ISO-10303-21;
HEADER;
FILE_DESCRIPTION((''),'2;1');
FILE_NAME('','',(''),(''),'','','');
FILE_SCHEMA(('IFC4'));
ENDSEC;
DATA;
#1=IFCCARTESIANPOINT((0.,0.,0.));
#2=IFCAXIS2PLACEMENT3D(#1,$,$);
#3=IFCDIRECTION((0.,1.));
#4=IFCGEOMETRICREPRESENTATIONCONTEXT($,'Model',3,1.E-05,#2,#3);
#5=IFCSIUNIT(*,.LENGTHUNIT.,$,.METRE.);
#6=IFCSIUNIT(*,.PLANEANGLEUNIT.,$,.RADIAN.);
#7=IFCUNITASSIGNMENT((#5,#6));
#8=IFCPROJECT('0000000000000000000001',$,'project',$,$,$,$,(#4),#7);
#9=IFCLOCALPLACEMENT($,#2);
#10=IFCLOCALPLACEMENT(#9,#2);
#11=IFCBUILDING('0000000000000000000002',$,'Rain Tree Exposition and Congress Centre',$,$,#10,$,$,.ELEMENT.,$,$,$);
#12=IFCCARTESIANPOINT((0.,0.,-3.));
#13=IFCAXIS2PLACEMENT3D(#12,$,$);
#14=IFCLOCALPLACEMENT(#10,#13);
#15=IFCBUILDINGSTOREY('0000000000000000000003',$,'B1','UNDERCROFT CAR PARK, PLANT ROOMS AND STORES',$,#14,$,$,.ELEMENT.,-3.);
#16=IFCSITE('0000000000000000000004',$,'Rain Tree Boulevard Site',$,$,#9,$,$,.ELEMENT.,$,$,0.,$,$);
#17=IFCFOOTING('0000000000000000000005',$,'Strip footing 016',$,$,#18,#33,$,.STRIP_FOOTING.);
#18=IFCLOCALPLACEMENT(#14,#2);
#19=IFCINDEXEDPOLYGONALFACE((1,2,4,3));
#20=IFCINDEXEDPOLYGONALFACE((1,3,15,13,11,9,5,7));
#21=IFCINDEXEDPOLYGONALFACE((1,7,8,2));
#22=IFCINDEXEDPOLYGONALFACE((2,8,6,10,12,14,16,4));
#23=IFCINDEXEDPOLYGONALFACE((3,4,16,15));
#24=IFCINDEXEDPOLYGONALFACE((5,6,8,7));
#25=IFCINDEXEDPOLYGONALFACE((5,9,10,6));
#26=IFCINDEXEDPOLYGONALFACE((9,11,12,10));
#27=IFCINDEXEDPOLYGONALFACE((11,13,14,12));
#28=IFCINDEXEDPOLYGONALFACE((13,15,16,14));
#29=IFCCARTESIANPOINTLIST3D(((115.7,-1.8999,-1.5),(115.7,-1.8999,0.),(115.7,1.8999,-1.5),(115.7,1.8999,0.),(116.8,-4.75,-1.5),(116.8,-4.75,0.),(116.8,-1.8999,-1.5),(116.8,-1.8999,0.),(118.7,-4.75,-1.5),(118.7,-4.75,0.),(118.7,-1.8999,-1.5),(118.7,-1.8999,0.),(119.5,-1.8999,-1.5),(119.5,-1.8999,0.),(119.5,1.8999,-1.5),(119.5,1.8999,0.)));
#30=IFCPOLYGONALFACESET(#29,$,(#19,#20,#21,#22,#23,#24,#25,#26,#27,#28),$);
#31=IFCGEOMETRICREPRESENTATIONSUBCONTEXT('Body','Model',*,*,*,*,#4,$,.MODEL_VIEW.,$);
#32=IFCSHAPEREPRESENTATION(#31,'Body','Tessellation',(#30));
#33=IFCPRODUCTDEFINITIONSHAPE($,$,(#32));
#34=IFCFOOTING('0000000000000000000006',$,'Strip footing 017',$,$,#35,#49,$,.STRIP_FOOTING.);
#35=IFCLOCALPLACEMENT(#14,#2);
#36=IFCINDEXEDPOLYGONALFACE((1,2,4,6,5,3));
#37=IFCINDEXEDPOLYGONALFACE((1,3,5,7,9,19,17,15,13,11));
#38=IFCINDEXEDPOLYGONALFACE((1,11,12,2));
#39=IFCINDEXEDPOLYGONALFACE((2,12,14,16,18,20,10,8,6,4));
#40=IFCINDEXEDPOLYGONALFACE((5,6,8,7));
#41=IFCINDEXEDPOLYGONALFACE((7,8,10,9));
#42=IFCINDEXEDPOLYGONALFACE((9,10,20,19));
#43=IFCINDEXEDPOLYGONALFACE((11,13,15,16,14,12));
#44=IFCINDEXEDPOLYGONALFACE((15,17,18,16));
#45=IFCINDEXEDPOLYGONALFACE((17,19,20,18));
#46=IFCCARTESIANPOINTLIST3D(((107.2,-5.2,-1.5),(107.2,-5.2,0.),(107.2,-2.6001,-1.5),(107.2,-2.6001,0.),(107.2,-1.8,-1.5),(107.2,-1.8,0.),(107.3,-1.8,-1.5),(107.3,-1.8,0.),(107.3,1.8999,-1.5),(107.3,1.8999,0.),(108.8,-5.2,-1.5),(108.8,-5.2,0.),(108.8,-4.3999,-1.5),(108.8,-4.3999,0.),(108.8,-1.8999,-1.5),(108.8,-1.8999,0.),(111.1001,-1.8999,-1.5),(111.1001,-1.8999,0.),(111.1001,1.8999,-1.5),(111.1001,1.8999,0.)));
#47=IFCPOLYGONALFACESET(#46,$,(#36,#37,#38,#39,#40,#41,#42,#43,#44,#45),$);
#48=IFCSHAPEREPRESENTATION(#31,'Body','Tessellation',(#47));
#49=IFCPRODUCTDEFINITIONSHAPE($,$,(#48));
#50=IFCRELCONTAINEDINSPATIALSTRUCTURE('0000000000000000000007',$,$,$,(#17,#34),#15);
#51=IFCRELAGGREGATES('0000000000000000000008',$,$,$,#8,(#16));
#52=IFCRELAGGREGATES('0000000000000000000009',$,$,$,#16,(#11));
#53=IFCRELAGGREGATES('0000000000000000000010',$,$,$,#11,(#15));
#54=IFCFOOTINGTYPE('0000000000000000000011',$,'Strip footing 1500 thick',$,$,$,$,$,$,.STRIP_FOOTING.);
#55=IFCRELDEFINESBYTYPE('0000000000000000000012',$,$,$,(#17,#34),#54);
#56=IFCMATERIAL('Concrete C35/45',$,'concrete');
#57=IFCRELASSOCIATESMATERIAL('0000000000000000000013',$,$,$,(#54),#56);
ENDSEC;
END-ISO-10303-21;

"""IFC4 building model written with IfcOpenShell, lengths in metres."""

from ifc_helpers import new_model, si_unit, direction, frame, origin, place, context, subcontext, project, spatial, polyline, outline, extrude, material, type_object, element, save


model = new_model("IFC4")

# Units and contexts
model_context = context("Model", 3, precision=1e-05, world=origin(), true_north=direction((0.0, 1.0)))
body_context = subcontext(model_context, "Body", "Model", "MODEL_VIEW")
ifc_project = project(units=[si_unit("LENGTHUNIT", "METRE"), si_unit("PLANEANGLEUNIT", "RADIAN")], contexts=[model_context])

# Site, building, storey
site_placement = place(None, origin())
site = spatial("IfcSite", under=ifc_project, at=site_placement, Name="Rain Tree Boulevard Site", CompositionType="ELEMENT", RefElevation=0.0)
building_placement = place(site_placement, origin())
building = spatial("IfcBuilding", under=site, at=building_placement, Name="Rain Tree Exposition and Congress Centre", CompositionType="ELEMENT")
storey_placement = place(building_placement, frame((0.0, 0.0, -3.0)))
storey = spatial("IfcBuildingStorey", under=building, at=storey_placement, Name="B1", Description="UNDERCROFT CAR PARK, PLANT ROOMS AND STORES", CompositionType="ELEMENT", Elevation=-3.0)

# Footings
ifc_material_1 = material(Name="Concrete C35/45", Category="concrete")
footing_type_1 = type_object("IfcFootingType", Name="Strip footing 1500 thick", PredefinedType="STRIP_FOOTING", material=ifc_material_1)
footing_1_placement = place(storey_placement, frame((0.0, 0.0, -1.5)))
element("IfcFooting", 1, at=footing_1_placement, inside=storey, type_object=footing_type_1, Name="Strip footing 016", PredefinedType="STRIP_FOOTING", context=body_context, shape_type="SweptSolid", body=[
    extrude(outline(polyline([(116.8, -4.75), (118.7, -4.75), (118.7, -1.8999), (119.5, -1.8999), (119.5, 1.8999), (115.7, 1.8999), (115.7, -1.8999), (116.8, -1.8999), (116.8, -4.75)])), origin(), (0.0, 0.0, 1.0), 1.5),
])
footing_2_placement = place(storey_placement, frame((0.0, 0.0, -1.5)))
element("IfcFooting", 2, at=footing_2_placement, inside=storey, type_object=footing_type_1, Name="Strip footing 017", PredefinedType="STRIP_FOOTING", context=body_context, shape_type="SweptSolid", body=[
    extrude(outline(polyline([(107.2, -1.8), (107.2, -2.6001), (107.2, -5.2), (108.8, -5.2), (108.8, -4.3999), (108.8, -1.8999), (111.1001, -1.8999), (111.1001, 1.8999), (107.3, 1.8999), (107.3, -1.8), (107.2, -1.8)])), origin(), (0.0, 0.0, 1.0), 1.5),
])

save(model, "model.ifc")
